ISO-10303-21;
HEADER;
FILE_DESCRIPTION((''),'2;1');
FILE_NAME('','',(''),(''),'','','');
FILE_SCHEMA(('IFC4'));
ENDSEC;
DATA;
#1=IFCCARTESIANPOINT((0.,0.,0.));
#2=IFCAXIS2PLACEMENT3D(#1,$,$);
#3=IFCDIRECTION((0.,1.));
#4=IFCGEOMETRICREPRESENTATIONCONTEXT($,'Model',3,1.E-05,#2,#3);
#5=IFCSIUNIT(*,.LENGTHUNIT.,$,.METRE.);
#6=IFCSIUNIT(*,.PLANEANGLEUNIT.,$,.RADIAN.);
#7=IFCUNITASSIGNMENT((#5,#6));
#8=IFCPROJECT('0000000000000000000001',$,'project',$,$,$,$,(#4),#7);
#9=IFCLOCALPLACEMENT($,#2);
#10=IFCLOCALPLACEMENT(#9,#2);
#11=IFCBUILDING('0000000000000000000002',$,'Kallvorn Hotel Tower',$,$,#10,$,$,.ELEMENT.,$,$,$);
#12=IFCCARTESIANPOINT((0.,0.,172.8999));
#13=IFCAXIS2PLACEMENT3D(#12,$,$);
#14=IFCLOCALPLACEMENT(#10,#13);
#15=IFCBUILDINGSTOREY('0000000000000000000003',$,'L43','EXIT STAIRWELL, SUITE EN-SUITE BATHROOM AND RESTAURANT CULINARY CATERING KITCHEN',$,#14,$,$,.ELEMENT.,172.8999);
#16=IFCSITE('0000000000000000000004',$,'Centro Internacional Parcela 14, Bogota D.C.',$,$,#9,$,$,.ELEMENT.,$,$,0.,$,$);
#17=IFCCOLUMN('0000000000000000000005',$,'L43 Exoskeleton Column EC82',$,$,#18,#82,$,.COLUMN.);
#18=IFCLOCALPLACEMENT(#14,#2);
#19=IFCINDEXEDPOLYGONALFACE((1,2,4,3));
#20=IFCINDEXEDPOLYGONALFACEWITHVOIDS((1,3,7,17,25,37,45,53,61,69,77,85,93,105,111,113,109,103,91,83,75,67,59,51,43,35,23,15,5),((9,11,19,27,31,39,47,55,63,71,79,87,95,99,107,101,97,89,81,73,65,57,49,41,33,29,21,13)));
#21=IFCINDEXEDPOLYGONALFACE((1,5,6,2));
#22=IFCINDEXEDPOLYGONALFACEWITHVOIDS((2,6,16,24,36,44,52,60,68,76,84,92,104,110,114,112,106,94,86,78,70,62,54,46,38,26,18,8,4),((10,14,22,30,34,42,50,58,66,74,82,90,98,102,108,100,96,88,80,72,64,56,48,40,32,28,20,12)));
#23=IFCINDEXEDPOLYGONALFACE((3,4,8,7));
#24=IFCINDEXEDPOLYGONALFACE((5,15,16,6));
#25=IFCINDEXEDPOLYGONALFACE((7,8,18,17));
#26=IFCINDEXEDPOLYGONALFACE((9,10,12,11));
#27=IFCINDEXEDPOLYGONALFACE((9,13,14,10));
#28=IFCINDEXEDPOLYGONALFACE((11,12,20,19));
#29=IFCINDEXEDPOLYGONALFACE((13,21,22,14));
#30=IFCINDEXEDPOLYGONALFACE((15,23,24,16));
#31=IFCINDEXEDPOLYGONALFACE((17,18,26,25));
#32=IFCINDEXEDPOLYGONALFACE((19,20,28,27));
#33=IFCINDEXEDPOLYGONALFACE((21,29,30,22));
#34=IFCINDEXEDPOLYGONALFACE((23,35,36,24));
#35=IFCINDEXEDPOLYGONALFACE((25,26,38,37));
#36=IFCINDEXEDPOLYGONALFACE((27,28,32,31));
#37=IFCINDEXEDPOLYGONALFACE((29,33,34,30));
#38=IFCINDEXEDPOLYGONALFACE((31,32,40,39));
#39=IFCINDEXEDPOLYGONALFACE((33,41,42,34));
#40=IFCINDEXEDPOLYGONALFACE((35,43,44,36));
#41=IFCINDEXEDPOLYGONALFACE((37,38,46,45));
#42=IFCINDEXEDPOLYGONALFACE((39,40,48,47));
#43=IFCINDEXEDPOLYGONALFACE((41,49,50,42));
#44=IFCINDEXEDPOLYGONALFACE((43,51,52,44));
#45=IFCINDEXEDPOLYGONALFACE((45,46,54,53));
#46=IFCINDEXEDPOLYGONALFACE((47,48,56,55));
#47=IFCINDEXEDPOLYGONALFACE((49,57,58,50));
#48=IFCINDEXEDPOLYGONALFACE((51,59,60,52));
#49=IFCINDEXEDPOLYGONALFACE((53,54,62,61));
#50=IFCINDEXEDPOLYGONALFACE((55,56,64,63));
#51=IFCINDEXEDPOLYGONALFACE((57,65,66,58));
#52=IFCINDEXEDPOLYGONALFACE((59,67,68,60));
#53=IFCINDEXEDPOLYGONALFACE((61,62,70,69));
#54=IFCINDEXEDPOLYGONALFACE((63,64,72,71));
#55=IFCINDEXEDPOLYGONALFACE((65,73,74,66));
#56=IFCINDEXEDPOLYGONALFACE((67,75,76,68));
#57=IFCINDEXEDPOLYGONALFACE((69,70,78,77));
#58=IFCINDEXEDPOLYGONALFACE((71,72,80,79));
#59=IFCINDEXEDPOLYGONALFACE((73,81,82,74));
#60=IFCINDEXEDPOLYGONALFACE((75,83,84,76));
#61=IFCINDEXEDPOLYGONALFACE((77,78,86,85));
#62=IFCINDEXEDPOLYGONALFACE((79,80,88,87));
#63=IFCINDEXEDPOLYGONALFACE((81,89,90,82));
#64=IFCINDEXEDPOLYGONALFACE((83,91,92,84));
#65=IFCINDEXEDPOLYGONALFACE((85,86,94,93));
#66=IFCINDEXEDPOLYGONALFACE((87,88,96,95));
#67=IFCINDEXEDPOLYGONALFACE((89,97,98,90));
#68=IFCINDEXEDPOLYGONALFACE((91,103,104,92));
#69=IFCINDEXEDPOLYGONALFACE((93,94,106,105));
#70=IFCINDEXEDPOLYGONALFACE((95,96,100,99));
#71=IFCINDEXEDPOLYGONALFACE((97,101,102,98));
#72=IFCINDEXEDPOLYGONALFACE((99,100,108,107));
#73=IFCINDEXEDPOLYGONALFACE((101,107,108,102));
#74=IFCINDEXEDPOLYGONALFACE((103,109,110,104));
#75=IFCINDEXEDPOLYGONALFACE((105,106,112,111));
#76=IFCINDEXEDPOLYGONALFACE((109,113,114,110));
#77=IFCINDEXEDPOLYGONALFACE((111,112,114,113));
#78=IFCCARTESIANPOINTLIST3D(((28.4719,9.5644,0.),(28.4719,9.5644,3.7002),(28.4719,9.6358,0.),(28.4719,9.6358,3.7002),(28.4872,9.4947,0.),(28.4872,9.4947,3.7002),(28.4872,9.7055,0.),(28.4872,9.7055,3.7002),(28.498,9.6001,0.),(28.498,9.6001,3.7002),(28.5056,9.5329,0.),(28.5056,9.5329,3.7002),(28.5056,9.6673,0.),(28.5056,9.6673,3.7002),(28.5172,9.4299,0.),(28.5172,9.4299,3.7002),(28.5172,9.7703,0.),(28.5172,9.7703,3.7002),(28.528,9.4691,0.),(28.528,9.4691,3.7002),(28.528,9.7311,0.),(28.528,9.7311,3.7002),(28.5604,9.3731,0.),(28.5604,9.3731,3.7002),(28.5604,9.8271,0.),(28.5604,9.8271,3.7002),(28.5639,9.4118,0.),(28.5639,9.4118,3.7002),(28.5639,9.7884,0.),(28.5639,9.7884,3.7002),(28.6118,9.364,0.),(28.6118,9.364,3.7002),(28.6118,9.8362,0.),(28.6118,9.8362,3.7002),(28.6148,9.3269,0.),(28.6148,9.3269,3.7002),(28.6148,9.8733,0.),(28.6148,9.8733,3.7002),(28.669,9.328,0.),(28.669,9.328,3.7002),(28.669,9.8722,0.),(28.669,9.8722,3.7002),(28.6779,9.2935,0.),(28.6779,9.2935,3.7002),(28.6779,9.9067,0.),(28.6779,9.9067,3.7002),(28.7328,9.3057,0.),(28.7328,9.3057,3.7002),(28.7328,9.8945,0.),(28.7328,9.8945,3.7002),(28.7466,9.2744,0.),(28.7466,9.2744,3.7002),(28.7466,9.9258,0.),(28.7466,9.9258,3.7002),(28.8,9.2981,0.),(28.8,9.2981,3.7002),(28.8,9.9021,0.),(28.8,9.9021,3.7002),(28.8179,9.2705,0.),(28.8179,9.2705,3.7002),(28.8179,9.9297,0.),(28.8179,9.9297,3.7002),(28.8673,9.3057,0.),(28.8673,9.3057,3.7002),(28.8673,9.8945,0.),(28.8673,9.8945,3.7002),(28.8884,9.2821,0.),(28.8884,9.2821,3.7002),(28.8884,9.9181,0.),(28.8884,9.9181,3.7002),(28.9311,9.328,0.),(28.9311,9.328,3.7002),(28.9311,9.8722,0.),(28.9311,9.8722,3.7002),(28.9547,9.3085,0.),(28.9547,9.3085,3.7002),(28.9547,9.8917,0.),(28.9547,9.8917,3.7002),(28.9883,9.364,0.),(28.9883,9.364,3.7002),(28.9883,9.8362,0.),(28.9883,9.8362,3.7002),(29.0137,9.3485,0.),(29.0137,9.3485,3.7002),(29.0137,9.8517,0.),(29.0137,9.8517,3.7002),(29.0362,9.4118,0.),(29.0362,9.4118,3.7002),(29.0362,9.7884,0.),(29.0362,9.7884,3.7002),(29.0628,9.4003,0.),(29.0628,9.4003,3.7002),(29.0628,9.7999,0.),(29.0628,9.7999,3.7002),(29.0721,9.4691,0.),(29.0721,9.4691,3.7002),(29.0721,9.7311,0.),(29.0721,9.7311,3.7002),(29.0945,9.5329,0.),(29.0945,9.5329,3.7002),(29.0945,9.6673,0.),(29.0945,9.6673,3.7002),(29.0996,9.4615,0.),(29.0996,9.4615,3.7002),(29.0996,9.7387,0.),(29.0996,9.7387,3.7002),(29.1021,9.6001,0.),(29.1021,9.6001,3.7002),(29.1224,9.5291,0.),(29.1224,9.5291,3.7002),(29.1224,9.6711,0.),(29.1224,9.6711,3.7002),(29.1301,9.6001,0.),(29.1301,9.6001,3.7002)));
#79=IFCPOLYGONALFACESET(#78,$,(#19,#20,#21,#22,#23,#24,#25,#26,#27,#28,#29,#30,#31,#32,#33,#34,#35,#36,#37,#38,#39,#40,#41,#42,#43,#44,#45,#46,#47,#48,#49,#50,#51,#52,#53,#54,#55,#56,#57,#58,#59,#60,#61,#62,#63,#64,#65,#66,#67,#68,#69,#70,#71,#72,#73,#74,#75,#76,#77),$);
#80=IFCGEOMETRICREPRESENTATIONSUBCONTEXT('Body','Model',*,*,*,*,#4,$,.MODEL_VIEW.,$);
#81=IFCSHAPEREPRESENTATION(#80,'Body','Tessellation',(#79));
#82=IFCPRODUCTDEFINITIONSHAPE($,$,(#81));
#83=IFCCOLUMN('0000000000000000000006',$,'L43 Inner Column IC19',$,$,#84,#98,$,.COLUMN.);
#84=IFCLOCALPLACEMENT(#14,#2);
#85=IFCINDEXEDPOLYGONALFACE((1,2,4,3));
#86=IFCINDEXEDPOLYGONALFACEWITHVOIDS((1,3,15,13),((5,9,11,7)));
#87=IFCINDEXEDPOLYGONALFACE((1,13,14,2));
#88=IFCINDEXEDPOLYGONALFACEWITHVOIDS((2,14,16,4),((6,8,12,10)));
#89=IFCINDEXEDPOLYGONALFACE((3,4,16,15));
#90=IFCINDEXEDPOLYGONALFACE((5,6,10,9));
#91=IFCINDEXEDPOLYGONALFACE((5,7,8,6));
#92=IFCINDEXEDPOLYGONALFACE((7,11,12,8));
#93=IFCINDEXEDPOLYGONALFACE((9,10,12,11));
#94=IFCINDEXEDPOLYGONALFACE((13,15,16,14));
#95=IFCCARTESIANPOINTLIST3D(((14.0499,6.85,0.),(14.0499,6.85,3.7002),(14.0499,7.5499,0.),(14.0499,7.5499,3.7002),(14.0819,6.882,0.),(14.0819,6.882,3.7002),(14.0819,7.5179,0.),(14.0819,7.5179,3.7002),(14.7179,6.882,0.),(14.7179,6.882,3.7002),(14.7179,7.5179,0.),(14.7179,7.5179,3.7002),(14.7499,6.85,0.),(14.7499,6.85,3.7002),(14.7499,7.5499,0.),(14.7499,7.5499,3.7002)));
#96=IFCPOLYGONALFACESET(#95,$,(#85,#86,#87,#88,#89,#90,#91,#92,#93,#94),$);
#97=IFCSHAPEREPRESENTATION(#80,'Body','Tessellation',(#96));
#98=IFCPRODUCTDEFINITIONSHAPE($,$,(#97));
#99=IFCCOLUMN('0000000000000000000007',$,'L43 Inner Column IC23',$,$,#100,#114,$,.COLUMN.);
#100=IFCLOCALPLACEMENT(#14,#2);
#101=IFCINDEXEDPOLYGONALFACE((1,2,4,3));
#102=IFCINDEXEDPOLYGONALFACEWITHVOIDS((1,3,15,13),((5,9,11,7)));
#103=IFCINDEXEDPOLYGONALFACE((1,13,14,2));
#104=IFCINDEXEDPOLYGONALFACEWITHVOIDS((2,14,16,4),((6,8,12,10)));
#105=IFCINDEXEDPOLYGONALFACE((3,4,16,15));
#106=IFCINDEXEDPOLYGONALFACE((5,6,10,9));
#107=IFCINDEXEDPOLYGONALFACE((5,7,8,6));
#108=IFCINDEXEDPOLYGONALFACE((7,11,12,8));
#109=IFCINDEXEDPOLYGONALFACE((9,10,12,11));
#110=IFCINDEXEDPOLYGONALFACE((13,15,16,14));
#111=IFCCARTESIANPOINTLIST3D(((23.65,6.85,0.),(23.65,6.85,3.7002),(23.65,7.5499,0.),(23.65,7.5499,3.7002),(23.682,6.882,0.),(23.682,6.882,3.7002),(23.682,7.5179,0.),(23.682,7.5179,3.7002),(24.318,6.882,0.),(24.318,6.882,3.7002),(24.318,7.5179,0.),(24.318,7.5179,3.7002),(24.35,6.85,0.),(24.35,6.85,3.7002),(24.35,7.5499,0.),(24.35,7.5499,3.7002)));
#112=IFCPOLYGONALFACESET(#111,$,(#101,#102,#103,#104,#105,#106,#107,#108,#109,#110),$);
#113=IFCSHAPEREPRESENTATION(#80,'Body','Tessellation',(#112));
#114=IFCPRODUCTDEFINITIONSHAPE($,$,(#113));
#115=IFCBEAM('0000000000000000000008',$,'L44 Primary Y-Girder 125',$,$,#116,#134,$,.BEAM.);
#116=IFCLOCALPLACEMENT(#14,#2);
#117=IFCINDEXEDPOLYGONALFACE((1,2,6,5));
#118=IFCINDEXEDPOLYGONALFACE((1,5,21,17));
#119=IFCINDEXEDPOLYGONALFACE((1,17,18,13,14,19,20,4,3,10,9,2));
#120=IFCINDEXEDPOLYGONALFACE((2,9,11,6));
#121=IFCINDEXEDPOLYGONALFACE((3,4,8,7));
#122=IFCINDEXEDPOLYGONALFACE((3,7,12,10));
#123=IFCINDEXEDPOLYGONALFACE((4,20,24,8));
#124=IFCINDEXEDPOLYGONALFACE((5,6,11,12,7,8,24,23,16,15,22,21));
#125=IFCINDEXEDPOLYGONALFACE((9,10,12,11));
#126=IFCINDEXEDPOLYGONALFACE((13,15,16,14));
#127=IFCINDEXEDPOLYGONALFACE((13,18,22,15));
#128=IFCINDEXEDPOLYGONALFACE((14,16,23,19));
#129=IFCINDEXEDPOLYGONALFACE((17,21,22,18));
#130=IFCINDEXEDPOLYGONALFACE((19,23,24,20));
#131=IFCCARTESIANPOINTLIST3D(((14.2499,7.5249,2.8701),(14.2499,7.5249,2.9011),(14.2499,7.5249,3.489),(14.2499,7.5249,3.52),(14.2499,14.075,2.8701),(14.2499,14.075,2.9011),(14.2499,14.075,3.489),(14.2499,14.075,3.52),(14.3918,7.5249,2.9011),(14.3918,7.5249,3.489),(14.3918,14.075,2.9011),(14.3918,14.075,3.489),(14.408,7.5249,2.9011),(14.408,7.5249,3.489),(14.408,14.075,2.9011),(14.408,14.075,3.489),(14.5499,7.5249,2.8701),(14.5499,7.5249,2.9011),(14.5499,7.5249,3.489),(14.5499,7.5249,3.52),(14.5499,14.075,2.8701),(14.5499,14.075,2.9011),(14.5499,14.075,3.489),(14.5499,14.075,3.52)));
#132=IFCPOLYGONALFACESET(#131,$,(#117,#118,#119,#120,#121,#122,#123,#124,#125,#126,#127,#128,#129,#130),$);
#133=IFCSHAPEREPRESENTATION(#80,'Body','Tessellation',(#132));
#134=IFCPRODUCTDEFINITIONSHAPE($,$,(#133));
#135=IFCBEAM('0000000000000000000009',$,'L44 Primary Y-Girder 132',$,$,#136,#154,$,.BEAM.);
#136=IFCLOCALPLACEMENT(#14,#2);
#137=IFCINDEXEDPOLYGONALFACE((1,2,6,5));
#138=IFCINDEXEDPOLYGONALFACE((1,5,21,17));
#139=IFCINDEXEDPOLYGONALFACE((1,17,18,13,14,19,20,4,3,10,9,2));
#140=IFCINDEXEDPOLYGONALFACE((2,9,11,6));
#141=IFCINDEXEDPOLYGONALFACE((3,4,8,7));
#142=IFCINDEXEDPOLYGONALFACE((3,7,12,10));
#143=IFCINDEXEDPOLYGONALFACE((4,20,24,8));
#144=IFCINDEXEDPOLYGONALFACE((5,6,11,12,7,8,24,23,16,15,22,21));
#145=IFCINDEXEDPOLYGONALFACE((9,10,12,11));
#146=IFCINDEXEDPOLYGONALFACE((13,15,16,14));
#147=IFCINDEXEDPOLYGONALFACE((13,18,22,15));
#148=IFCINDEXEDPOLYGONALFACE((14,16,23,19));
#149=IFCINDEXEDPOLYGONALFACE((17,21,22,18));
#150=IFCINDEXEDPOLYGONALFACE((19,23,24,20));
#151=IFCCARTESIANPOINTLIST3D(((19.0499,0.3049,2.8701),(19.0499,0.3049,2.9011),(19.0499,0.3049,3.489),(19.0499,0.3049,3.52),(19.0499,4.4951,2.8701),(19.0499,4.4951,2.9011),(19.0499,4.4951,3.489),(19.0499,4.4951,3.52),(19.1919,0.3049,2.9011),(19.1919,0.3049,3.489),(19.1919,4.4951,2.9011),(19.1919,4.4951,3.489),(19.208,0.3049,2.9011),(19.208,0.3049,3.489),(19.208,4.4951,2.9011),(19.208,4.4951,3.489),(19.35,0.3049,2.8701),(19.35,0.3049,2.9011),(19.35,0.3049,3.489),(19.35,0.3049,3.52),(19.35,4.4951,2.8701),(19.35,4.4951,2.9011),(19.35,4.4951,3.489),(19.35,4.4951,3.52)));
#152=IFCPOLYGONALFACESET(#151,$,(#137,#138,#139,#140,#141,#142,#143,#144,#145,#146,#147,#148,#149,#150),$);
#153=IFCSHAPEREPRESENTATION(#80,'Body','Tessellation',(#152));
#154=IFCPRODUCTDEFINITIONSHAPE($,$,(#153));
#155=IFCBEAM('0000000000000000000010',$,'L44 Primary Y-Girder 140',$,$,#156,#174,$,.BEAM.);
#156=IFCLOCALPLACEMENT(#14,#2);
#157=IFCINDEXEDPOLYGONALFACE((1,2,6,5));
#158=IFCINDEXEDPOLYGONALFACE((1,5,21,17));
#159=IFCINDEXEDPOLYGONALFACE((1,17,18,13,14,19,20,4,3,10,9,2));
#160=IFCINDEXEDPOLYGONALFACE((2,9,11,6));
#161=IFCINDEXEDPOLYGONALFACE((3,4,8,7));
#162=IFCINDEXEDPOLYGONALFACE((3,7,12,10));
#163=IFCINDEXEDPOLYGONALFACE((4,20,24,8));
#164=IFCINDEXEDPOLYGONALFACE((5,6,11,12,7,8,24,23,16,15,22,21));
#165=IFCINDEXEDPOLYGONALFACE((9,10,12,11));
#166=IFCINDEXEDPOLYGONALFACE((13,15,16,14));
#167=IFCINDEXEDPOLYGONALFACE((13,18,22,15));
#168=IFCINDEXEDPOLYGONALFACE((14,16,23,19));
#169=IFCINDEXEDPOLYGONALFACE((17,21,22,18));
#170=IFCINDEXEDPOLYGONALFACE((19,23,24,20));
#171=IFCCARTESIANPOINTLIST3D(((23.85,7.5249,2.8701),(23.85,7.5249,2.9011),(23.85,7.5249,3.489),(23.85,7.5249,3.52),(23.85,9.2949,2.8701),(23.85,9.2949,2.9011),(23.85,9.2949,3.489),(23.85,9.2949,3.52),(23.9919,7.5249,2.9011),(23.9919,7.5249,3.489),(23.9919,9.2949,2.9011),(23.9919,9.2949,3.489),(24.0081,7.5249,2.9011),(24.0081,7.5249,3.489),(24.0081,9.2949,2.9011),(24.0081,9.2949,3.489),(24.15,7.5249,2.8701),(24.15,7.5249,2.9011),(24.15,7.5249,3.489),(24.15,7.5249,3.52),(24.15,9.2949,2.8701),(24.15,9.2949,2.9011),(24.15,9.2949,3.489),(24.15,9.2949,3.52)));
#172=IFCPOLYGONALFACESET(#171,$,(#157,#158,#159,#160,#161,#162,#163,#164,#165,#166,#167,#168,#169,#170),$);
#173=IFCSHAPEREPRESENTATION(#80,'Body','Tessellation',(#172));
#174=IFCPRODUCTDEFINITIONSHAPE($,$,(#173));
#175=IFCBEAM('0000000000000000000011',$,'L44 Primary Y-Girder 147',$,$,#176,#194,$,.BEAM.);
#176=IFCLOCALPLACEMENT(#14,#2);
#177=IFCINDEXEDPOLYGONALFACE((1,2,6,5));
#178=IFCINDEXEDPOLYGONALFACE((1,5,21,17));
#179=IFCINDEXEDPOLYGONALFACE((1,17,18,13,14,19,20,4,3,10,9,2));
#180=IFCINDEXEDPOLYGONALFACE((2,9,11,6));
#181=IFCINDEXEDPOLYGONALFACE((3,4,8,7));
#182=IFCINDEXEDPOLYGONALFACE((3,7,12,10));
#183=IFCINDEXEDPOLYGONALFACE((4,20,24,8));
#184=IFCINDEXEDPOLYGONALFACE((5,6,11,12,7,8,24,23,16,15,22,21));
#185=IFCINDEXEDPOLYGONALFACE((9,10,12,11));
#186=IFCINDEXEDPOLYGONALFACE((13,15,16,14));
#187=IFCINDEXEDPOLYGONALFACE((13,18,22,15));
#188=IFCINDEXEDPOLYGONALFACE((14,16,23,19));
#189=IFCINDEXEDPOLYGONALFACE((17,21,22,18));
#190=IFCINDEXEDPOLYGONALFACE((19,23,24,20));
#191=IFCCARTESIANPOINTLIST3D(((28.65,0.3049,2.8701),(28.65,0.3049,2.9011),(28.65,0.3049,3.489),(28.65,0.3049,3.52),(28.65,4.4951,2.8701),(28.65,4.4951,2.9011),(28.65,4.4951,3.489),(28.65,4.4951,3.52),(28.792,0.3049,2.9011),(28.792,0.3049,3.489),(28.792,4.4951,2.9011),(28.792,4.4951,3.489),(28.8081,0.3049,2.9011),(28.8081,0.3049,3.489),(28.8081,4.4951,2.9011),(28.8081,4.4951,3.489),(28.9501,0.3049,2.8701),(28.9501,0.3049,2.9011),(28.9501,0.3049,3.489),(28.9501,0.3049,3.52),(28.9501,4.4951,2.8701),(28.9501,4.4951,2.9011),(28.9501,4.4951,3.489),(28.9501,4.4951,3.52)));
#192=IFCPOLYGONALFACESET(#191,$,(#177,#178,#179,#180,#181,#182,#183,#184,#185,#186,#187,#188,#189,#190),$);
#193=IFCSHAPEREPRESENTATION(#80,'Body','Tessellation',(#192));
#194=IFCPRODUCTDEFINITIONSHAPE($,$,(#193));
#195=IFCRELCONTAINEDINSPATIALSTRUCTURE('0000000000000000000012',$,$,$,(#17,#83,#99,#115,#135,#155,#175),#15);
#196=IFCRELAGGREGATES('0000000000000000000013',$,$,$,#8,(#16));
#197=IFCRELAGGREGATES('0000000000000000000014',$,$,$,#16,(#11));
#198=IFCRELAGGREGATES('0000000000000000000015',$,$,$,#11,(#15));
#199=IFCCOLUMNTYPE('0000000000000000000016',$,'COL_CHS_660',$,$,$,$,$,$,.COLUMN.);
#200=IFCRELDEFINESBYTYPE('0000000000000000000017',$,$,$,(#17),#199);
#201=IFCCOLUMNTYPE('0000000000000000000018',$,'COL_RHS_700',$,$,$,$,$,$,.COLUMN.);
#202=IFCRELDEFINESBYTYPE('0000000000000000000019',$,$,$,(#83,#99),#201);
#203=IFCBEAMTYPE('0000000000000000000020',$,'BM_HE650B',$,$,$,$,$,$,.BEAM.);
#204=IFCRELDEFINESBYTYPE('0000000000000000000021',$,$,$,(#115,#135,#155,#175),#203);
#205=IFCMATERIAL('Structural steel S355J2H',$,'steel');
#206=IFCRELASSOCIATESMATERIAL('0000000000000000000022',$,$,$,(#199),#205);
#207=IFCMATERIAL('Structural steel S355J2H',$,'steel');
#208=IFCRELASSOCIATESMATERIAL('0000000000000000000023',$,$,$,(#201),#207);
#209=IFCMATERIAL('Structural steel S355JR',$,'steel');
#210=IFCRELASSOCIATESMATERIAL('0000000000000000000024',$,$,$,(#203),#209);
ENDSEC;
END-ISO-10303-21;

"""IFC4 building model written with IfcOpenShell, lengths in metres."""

from ifc_helpers import new_model, si_unit, direction, frame, origin, origin_2d, place, context, subcontext, project, spatial, hollow_rectangle, hollow_circle, i_section, extrude, material, material_profile, profile_set, type_object, element, save


model = new_model("IFC4")

# Units and contexts
model_context = context("Model", 3, precision=1e-05, world=origin(), true_north=direction((0.0, 1.0)))
body_context = subcontext(model_context, "Body", "Model", "MODEL_VIEW")
ifc_project = project(units=[si_unit("LENGTHUNIT", "METRE"), si_unit("PLANEANGLEUNIT", "RADIAN")], contexts=[model_context])

# Site, building, storey
site_placement = place(None, origin())
site = spatial("IfcSite", under=ifc_project, at=site_placement, Name="Centro Internacional Parcela 14, Bogota D.C.", CompositionType="ELEMENT", RefElevation=0.0)
building_placement = place(site_placement, origin())
building = spatial("IfcBuilding", under=site, at=building_placement, Name="Kallvorn Hotel Tower", CompositionType="ELEMENT")
storey_placement = place(building_placement, frame((0.0, 0.0, 172.8999)))
storey = spatial("IfcBuildingStorey", under=building, at=storey_placement, Name="L43", Description="EXIT STAIRWELL, SUITE EN-SUITE BATHROOM AND RESTAURANT CULINARY CATERING KITCHEN", CompositionType="ELEMENT", Elevation=172.8999)

# Columns
ifc_material_1 = material(Name="Structural steel S355J2H", Category="steel")
ifc_material_profile_1 = material_profile(ifc_material_1, hollow_circle(Radius=0.3301, WallThickness=0.0281, at=origin_2d()), Name="CHS 660x28")
ifc_profile_set_1 = profile_set([ifc_material_profile_1], Name="Structural steel S355J2H")
column_type_1 = type_object("IfcColumnType", Name="COL_CHS_660", PredefinedType="COLUMN", material=ifc_profile_set_1)
for number, where, z_axis, x_axis, name in (
    (1, (28.8, 9.6001, 0.0), (0.0, 0.0, 1.0), (1.0, 0.0, 0.0), "L43 Exoskeleton Column EC82"),
):
    element("IfcColumn", number, at=place(storey_placement, frame(where, z_axis=z_axis, x_axis=x_axis)), inside=storey, type_object=column_type_1, Name=name, PredefinedType="COLUMN", context=body_context, shape_type="SweptSolid", body=[
        extrude(hollow_circle(Radius=0.3301, WallThickness=0.0281, at=origin_2d()), origin(), (0.0, 0.0, 1.0), 3.7002),
    ])
ifc_material_2 = material(Name="Structural steel S355J2H", Category="steel")
ifc_material_profile_2 = material_profile(ifc_material_2, hollow_rectangle(XDim=0.7, YDim=0.7, WallThickness=0.032, at=origin_2d()), Name="RHS 700x700x32")
ifc_profile_set_2 = profile_set([ifc_material_profile_2], Name="Structural steel S355J2H")
column_type_2 = type_object("IfcColumnType", Name="COL_RHS_700", PredefinedType="COLUMN", material=ifc_profile_set_2)
for number, where, z_axis, x_axis, name in (
    (2, (14.3999, 7.2, 0.0), (0.0, 0.0, 1.0), (1.0, 0.0, 0.0), "L43 Inner Column IC19"),
    (3, (24.0, 7.2, 0.0), (0.0, 0.0, 1.0), (1.0, 0.0, 0.0), "L43 Inner Column IC23"),
):
    element("IfcColumn", number, at=place(storey_placement, frame(where, z_axis=z_axis, x_axis=x_axis)), inside=storey, type_object=column_type_2, Name=name, PredefinedType="COLUMN", context=body_context, shape_type="SweptSolid", body=[
        extrude(hollow_rectangle(XDim=0.7, YDim=0.7, WallThickness=0.032, at=origin_2d()), origin(), (0.0, 0.0, 1.0), 3.7002),
    ])

# Beams
ifc_material_3 = material(Name="Structural steel S355JR", Category="steel")
ifc_material_profile_3 = material_profile(ifc_material_3, i_section(OverallWidth=0.3, OverallDepth=0.6499, WebThickness=0.0161, FlangeThickness=0.031, at=origin_2d()), Name="HE 650 B")
ifc_profile_set_3 = profile_set([ifc_material_profile_3], Name="Structural steel S355JR")
beam_type_1 = type_object("IfcBeamType", Name="BM_HE650B", PredefinedType="BEAM", material=ifc_profile_set_3)
beam_1_placement = place(storey_placement, frame((14.3999, 7.5249, 3.1951), z_axis=(0.0, 1.0, 0.0), x_axis=(-1.0, 0.0, 0.0)))
element("IfcBeam", 4, at=beam_1_placement, inside=storey, type_object=beam_type_1, Name="L44 Primary Y-Girder 125", PredefinedType="BEAM", context=body_context, shape_type="SweptSolid", body=[
    extrude(i_section(OverallWidth=0.3, OverallDepth=0.6499, WebThickness=0.0161, FlangeThickness=0.031, at=origin_2d()), origin(), (0.0, 0.0, 1.0), 6.55),
])
beam_2_placement = place(storey_placement, frame((19.2, 0.3049, 3.1951), z_axis=(0.0, 1.0, 0.0), x_axis=(-1.0, 0.0, 0.0)))
element("IfcBeam", 5, at=beam_2_placement, inside=storey, type_object=beam_type_1, Name="L44 Primary Y-Girder 132", PredefinedType="BEAM", context=body_context, shape_type="SweptSolid", body=[
    extrude(i_section(OverallWidth=0.3, OverallDepth=0.6499, WebThickness=0.0161, FlangeThickness=0.031, at=origin_2d()), origin(), (0.0, 0.0, 1.0), 4.1902),
])
beam_3_placement = place(storey_placement, frame((24.0, 7.5249, 3.1951), z_axis=(0.0, 1.0, 0.0), x_axis=(-1.0, 0.0, 0.0)))
element("IfcBeam", 6, at=beam_3_placement, inside=storey, type_object=beam_type_1, Name="L44 Primary Y-Girder 140", PredefinedType="BEAM", context=body_context, shape_type="SweptSolid", body=[
    extrude(i_section(OverallWidth=0.3, OverallDepth=0.6499, WebThickness=0.0161, FlangeThickness=0.031, at=origin_2d()), origin(), (0.0, 0.0, 1.0), 1.77),
])
beam_4_placement = place(storey_placement, frame((28.8, 0.3049, 3.1951), z_axis=(0.0, 1.0, 0.0), x_axis=(-1.0, 0.0, 0.0)))
element("IfcBeam", 7, at=beam_4_placement, inside=storey, type_object=beam_type_1, Name="L44 Primary Y-Girder 147", PredefinedType="BEAM", context=body_context, shape_type="SweptSolid", body=[
    extrude(i_section(OverallWidth=0.3, OverallDepth=0.6499, WebThickness=0.0161, FlangeThickness=0.031, at=origin_2d()), origin(), (0.0, 0.0, 1.0), 4.1902),
])

save(model, "model.ifc")
